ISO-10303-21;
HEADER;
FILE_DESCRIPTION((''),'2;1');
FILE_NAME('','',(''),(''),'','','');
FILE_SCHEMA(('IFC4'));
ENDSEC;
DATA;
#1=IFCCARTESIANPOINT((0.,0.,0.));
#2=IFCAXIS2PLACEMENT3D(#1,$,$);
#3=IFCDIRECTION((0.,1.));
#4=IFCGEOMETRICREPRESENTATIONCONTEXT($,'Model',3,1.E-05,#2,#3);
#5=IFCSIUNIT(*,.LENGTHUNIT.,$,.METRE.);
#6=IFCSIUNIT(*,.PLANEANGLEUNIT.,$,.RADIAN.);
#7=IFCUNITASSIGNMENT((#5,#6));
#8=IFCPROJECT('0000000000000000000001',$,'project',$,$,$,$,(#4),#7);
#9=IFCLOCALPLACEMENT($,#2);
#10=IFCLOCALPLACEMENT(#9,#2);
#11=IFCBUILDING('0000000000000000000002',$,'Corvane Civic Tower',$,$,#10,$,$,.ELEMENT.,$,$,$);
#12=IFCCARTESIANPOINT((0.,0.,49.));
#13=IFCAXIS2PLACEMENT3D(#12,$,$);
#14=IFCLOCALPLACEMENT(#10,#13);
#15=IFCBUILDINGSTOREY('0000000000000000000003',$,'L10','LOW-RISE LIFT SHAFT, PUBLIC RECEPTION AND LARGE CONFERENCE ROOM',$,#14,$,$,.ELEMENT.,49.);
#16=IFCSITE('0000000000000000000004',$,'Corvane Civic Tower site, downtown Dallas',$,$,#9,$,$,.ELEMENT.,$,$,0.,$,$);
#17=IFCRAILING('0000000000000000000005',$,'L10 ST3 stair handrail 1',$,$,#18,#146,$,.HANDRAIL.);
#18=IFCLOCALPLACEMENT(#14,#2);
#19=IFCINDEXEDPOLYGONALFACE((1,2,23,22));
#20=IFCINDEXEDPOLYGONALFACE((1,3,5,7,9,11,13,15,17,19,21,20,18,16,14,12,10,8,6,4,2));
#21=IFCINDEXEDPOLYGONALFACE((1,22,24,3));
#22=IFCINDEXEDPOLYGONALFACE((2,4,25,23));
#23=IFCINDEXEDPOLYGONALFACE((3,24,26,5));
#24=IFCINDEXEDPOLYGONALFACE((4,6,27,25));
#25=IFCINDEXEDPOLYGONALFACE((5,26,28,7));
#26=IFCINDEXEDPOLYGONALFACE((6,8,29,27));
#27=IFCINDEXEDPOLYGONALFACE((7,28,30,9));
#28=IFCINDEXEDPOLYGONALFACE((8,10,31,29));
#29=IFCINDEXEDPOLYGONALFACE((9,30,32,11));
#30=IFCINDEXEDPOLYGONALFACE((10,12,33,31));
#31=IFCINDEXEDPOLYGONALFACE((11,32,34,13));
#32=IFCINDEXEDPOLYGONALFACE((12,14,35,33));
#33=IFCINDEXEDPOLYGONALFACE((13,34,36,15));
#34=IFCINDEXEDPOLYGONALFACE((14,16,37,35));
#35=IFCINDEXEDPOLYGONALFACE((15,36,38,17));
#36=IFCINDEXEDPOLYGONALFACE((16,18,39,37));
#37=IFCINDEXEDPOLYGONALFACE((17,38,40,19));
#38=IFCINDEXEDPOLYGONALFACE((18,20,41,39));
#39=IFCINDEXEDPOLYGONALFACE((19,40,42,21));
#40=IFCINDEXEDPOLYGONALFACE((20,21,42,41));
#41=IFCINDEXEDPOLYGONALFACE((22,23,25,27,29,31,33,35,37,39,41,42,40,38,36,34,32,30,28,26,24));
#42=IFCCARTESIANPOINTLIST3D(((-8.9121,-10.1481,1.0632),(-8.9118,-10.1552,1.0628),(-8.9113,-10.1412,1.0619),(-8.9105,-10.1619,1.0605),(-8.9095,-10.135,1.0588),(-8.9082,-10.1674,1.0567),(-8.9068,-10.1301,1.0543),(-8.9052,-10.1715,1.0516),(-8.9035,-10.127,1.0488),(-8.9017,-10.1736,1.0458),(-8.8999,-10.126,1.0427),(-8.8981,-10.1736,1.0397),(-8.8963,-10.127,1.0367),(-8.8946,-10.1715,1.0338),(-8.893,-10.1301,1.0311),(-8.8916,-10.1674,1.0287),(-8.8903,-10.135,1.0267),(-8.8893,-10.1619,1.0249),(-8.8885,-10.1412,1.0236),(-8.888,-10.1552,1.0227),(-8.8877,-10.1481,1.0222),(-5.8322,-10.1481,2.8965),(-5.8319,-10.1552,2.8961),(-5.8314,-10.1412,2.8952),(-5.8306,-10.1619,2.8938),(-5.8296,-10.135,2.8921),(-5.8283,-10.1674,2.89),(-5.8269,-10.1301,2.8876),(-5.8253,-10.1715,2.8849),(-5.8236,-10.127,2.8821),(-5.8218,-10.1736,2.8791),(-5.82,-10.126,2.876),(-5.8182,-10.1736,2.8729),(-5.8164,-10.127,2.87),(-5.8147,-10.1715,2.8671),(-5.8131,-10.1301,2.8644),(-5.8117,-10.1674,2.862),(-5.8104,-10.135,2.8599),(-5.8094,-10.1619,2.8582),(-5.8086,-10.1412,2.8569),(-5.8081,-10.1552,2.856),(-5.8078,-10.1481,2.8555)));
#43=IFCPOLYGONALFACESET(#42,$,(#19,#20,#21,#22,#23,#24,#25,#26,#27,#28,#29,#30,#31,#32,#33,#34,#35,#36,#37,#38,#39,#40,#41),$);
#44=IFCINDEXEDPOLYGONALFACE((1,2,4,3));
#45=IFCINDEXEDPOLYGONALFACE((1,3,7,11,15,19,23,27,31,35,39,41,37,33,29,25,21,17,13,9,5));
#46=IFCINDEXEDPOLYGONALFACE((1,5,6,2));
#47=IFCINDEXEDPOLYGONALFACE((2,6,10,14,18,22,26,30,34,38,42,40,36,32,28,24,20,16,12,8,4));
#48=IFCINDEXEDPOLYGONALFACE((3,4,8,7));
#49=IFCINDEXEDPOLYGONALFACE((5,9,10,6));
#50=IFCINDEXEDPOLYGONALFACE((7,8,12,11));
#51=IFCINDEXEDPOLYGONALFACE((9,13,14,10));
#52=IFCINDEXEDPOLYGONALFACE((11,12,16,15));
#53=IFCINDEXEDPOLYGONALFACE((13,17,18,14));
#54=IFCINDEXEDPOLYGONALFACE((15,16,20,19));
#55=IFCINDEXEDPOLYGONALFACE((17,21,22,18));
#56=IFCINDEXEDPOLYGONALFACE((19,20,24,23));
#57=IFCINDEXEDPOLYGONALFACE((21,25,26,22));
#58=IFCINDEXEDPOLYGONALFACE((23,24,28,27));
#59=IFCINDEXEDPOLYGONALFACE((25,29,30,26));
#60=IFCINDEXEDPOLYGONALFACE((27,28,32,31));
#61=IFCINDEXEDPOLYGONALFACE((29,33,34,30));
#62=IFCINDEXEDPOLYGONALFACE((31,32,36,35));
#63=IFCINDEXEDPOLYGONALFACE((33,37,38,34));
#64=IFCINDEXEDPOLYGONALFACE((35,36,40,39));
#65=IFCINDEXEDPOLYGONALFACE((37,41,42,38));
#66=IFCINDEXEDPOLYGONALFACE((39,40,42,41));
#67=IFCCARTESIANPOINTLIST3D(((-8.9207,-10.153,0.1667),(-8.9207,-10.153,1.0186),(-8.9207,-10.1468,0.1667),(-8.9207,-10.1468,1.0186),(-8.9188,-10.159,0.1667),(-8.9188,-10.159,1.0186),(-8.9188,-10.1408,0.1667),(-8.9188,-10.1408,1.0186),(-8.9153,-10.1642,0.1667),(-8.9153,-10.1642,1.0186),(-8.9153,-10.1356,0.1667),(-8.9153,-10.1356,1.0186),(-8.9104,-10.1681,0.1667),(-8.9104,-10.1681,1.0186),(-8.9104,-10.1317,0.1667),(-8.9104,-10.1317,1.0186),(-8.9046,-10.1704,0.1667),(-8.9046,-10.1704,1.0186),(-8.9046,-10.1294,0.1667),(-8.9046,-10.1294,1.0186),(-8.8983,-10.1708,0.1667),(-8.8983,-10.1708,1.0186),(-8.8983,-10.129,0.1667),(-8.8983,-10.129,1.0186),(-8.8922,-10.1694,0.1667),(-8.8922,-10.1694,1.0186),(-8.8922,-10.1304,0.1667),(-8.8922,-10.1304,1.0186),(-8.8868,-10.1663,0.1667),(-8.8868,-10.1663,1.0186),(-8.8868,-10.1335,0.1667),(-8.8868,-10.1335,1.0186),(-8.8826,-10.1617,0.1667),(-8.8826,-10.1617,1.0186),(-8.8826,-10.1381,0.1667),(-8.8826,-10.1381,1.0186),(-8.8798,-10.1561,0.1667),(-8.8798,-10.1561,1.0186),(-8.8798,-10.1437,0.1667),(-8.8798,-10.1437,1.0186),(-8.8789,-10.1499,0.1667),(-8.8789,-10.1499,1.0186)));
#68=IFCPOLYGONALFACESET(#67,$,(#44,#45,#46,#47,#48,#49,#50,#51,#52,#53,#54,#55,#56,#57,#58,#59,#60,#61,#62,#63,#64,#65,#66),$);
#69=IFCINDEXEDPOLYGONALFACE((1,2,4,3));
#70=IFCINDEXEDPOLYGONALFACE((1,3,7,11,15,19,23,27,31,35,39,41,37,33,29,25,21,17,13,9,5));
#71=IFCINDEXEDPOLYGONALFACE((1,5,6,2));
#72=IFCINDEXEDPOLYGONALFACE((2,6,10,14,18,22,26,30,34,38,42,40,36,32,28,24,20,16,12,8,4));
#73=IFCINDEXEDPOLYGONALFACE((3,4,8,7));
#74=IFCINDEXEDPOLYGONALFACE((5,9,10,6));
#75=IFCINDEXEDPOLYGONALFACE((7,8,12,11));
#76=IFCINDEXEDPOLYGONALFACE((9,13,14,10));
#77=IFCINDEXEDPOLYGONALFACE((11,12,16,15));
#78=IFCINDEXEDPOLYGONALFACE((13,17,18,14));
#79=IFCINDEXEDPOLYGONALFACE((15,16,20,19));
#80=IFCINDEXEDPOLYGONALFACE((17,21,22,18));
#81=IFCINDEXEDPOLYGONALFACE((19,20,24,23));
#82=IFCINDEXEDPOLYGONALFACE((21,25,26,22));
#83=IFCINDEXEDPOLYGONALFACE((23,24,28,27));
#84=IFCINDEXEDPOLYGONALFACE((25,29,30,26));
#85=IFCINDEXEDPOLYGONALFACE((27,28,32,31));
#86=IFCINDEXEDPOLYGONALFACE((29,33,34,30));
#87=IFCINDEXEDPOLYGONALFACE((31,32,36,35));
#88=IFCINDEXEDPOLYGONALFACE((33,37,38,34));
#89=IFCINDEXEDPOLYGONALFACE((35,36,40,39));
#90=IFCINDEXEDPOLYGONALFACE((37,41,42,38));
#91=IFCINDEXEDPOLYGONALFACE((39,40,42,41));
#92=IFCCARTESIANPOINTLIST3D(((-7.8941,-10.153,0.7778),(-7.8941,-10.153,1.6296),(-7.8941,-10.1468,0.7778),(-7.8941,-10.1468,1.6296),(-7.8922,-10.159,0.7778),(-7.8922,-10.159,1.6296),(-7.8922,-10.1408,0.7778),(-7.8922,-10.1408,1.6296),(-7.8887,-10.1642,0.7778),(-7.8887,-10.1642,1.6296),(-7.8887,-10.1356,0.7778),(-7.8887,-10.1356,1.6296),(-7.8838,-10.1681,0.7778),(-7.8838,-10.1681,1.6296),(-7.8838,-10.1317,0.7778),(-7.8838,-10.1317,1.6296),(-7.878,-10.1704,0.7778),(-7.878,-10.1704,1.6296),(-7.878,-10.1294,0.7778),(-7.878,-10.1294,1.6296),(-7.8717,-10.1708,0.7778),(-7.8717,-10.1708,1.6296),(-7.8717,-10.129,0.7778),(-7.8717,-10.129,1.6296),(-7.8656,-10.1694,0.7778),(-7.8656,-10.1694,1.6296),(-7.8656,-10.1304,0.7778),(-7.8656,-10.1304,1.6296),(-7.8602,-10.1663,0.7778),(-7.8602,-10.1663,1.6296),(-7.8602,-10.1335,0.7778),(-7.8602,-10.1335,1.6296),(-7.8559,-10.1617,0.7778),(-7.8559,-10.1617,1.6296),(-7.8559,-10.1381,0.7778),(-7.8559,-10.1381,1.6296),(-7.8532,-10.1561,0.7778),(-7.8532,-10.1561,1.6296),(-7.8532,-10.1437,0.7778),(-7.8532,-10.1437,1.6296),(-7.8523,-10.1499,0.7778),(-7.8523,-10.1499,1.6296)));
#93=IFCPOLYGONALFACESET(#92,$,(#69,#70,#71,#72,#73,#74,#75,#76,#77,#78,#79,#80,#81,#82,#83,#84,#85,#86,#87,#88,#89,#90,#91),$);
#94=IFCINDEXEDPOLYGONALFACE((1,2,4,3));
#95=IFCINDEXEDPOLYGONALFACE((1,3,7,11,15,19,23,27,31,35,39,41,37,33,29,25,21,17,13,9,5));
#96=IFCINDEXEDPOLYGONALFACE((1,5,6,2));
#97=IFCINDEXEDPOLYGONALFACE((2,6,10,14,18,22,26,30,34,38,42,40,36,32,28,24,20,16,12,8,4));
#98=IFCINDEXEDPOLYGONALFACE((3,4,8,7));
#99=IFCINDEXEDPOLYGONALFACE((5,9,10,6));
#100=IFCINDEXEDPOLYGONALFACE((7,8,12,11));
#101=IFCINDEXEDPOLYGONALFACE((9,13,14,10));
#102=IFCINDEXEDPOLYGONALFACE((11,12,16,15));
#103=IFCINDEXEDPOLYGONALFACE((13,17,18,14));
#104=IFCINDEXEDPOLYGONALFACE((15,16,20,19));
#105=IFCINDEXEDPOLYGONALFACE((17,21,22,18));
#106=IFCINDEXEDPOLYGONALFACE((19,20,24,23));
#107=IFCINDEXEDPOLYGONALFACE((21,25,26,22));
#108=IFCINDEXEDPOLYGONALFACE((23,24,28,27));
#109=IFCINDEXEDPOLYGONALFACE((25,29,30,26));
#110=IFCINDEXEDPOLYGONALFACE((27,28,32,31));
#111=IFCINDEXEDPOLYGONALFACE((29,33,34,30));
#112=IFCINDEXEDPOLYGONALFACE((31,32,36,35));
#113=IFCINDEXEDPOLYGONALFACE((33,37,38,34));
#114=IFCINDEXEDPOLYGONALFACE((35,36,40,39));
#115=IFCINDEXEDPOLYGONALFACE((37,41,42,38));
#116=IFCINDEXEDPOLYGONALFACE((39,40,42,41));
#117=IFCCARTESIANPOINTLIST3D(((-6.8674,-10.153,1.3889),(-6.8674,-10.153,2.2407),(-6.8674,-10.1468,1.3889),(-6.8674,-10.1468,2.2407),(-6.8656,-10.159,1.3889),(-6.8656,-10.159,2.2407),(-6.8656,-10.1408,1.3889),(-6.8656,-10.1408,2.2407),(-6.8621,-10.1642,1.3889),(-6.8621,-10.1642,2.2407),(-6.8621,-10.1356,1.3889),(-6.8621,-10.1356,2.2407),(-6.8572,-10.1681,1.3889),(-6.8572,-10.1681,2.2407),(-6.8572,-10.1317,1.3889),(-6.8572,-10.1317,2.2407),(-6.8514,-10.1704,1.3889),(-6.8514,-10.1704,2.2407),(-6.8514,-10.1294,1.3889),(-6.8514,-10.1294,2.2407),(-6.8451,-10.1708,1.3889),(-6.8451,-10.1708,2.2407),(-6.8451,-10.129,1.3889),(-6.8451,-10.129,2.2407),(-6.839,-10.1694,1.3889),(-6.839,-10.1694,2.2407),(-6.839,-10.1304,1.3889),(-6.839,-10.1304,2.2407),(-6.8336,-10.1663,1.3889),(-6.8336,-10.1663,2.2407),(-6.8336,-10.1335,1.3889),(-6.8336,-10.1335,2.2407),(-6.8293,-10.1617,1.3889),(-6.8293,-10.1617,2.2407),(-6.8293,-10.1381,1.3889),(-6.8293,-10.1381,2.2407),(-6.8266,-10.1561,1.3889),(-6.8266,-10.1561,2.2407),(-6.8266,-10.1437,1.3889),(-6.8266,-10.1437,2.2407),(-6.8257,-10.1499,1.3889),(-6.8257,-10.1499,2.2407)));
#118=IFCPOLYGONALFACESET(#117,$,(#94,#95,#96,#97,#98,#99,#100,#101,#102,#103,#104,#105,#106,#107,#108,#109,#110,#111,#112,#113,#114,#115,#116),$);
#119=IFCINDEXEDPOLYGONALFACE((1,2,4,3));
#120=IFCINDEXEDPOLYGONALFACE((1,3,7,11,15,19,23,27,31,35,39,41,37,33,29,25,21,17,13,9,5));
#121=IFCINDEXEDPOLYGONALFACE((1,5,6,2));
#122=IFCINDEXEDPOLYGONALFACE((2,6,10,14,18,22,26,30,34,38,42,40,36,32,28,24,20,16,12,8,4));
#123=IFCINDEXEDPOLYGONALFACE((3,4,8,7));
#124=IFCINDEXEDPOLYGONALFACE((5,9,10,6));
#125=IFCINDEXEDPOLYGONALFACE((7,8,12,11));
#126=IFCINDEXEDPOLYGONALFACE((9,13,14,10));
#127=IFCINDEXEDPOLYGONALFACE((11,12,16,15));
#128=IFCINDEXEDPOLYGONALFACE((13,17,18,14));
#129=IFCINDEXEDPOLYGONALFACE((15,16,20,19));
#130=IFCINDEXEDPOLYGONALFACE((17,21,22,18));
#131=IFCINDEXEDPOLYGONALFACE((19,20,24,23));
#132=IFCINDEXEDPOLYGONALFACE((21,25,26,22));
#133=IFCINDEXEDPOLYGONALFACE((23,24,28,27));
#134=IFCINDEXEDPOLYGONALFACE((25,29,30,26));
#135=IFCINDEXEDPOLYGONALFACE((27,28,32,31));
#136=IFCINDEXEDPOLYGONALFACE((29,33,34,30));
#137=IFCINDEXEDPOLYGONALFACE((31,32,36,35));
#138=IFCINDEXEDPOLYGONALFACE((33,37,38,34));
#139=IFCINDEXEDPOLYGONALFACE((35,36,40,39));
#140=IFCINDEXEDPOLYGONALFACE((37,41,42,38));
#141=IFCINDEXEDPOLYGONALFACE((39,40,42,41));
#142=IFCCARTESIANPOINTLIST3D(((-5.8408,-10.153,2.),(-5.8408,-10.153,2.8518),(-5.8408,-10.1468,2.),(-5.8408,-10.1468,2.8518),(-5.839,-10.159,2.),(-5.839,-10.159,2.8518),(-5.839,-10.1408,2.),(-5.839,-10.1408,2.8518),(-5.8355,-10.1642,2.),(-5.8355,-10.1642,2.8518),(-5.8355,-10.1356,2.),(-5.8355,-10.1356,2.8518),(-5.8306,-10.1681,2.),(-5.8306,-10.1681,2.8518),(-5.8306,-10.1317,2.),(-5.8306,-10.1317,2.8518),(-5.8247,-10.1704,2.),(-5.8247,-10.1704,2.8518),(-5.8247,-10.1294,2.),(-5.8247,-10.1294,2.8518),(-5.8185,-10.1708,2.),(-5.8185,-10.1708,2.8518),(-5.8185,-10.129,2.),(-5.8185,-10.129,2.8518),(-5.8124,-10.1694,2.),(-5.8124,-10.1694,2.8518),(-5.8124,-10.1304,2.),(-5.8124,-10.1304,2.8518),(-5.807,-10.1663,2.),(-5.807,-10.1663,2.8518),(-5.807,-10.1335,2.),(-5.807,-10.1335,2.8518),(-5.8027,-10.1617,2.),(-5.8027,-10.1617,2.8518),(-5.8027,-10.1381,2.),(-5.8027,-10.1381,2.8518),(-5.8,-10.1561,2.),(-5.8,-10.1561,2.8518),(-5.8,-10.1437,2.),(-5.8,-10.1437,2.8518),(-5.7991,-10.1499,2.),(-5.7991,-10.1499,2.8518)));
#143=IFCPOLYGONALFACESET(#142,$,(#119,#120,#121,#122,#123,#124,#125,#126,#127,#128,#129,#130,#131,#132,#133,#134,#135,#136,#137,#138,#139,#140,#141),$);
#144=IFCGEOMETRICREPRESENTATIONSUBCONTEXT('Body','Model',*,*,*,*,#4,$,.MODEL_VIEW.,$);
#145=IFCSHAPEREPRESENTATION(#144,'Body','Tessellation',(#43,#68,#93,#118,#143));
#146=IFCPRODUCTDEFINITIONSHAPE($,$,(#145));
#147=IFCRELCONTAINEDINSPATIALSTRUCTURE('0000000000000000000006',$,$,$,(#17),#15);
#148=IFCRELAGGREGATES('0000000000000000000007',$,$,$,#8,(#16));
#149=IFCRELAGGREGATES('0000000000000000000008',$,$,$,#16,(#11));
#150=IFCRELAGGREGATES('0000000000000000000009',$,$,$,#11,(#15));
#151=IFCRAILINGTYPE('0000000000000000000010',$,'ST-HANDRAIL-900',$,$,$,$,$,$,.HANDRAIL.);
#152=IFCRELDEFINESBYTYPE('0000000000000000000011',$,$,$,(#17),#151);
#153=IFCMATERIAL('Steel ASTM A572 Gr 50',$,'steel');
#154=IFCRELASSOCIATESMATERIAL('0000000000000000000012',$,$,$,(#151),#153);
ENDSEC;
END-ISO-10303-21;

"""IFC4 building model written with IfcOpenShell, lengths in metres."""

from ifc_helpers import new_model, si_unit, direction, frame, origin, origin_2d, place, context, subcontext, project, spatial, circle, extrude, material, type_object, element, save


model = new_model("IFC4")

# Units and contexts
model_context = context("Model", 3, precision=1e-05, world=origin(), true_north=direction((0.0, 1.0)))
body_context = subcontext(model_context, "Body", "Model", "MODEL_VIEW")
ifc_project = project(units=[si_unit("LENGTHUNIT", "METRE"), si_unit("PLANEANGLEUNIT", "RADIAN")], contexts=[model_context])

# Site, building, storey
site_placement = place(None, origin())
site = spatial("IfcSite", under=ifc_project, at=site_placement, Name="Corvane Civic Tower site, downtown Dallas", CompositionType="ELEMENT", RefElevation=0.0)
building_placement = place(site_placement, origin())
building = spatial("IfcBuilding", under=site, at=building_placement, Name="Corvane Civic Tower", CompositionType="ELEMENT")
storey_placement = place(building_placement, frame((0.0, 0.0, 49.0)))
storey = spatial("IfcBuildingStorey", under=building, at=storey_placement, Name="L10", Description="LOW-RISE LIFT SHAFT, PUBLIC RECEPTION AND LARGE CONFERENCE ROOM", CompositionType="ELEMENT", Elevation=49.0)

# Railing
ifc_material_1 = material(Name="Steel ASTM A572 Gr 50", Category="steel")
railing_type = type_object("IfcRailingType", Name="ST-HANDRAIL-900", PredefinedType="HANDRAIL", material=ifc_material_1)
railing_1_placement = place(storey_placement, frame((-8.8999, -10.1499, 0.1667)))
element("IfcRailing", 1, at=railing_1_placement, inside=storey, type_object=railing_type, Name="L10 ST3 stair handrail 1", PredefinedType="HANDRAIL", context=body_context, shape_type="SweptSolid", body=[
    extrude(circle(Radius=0.0239, at=origin_2d()), frame((0.0, 0.0, 0.876), z_axis=(0.859291, 0.0, 0.511487), x_axis=(0.0, 1.0, 0.0)), (0.0, 0.0, 1.0), 3.5842),
    extrude(circle(Radius=0.021, at=origin_2d()), origin(), (0.0, 0.0, 1.0), 0.8518),
    extrude(circle(Radius=0.021, at=origin_2d()), frame((1.0266, 0.0, 0.6111)), (0.0, 0.0, 1.0), 0.8518),
    extrude(circle(Radius=0.021, at=origin_2d()), frame((2.0532, 0.0, 1.2222)), (0.0, 0.0, 1.0), 0.8518),
    extrude(circle(Radius=0.021, at=origin_2d()), frame((3.0798, 0.0, 1.8333)), (0.0, 0.0, 1.0), 0.8518),
])

save(model, "model.ifc")
